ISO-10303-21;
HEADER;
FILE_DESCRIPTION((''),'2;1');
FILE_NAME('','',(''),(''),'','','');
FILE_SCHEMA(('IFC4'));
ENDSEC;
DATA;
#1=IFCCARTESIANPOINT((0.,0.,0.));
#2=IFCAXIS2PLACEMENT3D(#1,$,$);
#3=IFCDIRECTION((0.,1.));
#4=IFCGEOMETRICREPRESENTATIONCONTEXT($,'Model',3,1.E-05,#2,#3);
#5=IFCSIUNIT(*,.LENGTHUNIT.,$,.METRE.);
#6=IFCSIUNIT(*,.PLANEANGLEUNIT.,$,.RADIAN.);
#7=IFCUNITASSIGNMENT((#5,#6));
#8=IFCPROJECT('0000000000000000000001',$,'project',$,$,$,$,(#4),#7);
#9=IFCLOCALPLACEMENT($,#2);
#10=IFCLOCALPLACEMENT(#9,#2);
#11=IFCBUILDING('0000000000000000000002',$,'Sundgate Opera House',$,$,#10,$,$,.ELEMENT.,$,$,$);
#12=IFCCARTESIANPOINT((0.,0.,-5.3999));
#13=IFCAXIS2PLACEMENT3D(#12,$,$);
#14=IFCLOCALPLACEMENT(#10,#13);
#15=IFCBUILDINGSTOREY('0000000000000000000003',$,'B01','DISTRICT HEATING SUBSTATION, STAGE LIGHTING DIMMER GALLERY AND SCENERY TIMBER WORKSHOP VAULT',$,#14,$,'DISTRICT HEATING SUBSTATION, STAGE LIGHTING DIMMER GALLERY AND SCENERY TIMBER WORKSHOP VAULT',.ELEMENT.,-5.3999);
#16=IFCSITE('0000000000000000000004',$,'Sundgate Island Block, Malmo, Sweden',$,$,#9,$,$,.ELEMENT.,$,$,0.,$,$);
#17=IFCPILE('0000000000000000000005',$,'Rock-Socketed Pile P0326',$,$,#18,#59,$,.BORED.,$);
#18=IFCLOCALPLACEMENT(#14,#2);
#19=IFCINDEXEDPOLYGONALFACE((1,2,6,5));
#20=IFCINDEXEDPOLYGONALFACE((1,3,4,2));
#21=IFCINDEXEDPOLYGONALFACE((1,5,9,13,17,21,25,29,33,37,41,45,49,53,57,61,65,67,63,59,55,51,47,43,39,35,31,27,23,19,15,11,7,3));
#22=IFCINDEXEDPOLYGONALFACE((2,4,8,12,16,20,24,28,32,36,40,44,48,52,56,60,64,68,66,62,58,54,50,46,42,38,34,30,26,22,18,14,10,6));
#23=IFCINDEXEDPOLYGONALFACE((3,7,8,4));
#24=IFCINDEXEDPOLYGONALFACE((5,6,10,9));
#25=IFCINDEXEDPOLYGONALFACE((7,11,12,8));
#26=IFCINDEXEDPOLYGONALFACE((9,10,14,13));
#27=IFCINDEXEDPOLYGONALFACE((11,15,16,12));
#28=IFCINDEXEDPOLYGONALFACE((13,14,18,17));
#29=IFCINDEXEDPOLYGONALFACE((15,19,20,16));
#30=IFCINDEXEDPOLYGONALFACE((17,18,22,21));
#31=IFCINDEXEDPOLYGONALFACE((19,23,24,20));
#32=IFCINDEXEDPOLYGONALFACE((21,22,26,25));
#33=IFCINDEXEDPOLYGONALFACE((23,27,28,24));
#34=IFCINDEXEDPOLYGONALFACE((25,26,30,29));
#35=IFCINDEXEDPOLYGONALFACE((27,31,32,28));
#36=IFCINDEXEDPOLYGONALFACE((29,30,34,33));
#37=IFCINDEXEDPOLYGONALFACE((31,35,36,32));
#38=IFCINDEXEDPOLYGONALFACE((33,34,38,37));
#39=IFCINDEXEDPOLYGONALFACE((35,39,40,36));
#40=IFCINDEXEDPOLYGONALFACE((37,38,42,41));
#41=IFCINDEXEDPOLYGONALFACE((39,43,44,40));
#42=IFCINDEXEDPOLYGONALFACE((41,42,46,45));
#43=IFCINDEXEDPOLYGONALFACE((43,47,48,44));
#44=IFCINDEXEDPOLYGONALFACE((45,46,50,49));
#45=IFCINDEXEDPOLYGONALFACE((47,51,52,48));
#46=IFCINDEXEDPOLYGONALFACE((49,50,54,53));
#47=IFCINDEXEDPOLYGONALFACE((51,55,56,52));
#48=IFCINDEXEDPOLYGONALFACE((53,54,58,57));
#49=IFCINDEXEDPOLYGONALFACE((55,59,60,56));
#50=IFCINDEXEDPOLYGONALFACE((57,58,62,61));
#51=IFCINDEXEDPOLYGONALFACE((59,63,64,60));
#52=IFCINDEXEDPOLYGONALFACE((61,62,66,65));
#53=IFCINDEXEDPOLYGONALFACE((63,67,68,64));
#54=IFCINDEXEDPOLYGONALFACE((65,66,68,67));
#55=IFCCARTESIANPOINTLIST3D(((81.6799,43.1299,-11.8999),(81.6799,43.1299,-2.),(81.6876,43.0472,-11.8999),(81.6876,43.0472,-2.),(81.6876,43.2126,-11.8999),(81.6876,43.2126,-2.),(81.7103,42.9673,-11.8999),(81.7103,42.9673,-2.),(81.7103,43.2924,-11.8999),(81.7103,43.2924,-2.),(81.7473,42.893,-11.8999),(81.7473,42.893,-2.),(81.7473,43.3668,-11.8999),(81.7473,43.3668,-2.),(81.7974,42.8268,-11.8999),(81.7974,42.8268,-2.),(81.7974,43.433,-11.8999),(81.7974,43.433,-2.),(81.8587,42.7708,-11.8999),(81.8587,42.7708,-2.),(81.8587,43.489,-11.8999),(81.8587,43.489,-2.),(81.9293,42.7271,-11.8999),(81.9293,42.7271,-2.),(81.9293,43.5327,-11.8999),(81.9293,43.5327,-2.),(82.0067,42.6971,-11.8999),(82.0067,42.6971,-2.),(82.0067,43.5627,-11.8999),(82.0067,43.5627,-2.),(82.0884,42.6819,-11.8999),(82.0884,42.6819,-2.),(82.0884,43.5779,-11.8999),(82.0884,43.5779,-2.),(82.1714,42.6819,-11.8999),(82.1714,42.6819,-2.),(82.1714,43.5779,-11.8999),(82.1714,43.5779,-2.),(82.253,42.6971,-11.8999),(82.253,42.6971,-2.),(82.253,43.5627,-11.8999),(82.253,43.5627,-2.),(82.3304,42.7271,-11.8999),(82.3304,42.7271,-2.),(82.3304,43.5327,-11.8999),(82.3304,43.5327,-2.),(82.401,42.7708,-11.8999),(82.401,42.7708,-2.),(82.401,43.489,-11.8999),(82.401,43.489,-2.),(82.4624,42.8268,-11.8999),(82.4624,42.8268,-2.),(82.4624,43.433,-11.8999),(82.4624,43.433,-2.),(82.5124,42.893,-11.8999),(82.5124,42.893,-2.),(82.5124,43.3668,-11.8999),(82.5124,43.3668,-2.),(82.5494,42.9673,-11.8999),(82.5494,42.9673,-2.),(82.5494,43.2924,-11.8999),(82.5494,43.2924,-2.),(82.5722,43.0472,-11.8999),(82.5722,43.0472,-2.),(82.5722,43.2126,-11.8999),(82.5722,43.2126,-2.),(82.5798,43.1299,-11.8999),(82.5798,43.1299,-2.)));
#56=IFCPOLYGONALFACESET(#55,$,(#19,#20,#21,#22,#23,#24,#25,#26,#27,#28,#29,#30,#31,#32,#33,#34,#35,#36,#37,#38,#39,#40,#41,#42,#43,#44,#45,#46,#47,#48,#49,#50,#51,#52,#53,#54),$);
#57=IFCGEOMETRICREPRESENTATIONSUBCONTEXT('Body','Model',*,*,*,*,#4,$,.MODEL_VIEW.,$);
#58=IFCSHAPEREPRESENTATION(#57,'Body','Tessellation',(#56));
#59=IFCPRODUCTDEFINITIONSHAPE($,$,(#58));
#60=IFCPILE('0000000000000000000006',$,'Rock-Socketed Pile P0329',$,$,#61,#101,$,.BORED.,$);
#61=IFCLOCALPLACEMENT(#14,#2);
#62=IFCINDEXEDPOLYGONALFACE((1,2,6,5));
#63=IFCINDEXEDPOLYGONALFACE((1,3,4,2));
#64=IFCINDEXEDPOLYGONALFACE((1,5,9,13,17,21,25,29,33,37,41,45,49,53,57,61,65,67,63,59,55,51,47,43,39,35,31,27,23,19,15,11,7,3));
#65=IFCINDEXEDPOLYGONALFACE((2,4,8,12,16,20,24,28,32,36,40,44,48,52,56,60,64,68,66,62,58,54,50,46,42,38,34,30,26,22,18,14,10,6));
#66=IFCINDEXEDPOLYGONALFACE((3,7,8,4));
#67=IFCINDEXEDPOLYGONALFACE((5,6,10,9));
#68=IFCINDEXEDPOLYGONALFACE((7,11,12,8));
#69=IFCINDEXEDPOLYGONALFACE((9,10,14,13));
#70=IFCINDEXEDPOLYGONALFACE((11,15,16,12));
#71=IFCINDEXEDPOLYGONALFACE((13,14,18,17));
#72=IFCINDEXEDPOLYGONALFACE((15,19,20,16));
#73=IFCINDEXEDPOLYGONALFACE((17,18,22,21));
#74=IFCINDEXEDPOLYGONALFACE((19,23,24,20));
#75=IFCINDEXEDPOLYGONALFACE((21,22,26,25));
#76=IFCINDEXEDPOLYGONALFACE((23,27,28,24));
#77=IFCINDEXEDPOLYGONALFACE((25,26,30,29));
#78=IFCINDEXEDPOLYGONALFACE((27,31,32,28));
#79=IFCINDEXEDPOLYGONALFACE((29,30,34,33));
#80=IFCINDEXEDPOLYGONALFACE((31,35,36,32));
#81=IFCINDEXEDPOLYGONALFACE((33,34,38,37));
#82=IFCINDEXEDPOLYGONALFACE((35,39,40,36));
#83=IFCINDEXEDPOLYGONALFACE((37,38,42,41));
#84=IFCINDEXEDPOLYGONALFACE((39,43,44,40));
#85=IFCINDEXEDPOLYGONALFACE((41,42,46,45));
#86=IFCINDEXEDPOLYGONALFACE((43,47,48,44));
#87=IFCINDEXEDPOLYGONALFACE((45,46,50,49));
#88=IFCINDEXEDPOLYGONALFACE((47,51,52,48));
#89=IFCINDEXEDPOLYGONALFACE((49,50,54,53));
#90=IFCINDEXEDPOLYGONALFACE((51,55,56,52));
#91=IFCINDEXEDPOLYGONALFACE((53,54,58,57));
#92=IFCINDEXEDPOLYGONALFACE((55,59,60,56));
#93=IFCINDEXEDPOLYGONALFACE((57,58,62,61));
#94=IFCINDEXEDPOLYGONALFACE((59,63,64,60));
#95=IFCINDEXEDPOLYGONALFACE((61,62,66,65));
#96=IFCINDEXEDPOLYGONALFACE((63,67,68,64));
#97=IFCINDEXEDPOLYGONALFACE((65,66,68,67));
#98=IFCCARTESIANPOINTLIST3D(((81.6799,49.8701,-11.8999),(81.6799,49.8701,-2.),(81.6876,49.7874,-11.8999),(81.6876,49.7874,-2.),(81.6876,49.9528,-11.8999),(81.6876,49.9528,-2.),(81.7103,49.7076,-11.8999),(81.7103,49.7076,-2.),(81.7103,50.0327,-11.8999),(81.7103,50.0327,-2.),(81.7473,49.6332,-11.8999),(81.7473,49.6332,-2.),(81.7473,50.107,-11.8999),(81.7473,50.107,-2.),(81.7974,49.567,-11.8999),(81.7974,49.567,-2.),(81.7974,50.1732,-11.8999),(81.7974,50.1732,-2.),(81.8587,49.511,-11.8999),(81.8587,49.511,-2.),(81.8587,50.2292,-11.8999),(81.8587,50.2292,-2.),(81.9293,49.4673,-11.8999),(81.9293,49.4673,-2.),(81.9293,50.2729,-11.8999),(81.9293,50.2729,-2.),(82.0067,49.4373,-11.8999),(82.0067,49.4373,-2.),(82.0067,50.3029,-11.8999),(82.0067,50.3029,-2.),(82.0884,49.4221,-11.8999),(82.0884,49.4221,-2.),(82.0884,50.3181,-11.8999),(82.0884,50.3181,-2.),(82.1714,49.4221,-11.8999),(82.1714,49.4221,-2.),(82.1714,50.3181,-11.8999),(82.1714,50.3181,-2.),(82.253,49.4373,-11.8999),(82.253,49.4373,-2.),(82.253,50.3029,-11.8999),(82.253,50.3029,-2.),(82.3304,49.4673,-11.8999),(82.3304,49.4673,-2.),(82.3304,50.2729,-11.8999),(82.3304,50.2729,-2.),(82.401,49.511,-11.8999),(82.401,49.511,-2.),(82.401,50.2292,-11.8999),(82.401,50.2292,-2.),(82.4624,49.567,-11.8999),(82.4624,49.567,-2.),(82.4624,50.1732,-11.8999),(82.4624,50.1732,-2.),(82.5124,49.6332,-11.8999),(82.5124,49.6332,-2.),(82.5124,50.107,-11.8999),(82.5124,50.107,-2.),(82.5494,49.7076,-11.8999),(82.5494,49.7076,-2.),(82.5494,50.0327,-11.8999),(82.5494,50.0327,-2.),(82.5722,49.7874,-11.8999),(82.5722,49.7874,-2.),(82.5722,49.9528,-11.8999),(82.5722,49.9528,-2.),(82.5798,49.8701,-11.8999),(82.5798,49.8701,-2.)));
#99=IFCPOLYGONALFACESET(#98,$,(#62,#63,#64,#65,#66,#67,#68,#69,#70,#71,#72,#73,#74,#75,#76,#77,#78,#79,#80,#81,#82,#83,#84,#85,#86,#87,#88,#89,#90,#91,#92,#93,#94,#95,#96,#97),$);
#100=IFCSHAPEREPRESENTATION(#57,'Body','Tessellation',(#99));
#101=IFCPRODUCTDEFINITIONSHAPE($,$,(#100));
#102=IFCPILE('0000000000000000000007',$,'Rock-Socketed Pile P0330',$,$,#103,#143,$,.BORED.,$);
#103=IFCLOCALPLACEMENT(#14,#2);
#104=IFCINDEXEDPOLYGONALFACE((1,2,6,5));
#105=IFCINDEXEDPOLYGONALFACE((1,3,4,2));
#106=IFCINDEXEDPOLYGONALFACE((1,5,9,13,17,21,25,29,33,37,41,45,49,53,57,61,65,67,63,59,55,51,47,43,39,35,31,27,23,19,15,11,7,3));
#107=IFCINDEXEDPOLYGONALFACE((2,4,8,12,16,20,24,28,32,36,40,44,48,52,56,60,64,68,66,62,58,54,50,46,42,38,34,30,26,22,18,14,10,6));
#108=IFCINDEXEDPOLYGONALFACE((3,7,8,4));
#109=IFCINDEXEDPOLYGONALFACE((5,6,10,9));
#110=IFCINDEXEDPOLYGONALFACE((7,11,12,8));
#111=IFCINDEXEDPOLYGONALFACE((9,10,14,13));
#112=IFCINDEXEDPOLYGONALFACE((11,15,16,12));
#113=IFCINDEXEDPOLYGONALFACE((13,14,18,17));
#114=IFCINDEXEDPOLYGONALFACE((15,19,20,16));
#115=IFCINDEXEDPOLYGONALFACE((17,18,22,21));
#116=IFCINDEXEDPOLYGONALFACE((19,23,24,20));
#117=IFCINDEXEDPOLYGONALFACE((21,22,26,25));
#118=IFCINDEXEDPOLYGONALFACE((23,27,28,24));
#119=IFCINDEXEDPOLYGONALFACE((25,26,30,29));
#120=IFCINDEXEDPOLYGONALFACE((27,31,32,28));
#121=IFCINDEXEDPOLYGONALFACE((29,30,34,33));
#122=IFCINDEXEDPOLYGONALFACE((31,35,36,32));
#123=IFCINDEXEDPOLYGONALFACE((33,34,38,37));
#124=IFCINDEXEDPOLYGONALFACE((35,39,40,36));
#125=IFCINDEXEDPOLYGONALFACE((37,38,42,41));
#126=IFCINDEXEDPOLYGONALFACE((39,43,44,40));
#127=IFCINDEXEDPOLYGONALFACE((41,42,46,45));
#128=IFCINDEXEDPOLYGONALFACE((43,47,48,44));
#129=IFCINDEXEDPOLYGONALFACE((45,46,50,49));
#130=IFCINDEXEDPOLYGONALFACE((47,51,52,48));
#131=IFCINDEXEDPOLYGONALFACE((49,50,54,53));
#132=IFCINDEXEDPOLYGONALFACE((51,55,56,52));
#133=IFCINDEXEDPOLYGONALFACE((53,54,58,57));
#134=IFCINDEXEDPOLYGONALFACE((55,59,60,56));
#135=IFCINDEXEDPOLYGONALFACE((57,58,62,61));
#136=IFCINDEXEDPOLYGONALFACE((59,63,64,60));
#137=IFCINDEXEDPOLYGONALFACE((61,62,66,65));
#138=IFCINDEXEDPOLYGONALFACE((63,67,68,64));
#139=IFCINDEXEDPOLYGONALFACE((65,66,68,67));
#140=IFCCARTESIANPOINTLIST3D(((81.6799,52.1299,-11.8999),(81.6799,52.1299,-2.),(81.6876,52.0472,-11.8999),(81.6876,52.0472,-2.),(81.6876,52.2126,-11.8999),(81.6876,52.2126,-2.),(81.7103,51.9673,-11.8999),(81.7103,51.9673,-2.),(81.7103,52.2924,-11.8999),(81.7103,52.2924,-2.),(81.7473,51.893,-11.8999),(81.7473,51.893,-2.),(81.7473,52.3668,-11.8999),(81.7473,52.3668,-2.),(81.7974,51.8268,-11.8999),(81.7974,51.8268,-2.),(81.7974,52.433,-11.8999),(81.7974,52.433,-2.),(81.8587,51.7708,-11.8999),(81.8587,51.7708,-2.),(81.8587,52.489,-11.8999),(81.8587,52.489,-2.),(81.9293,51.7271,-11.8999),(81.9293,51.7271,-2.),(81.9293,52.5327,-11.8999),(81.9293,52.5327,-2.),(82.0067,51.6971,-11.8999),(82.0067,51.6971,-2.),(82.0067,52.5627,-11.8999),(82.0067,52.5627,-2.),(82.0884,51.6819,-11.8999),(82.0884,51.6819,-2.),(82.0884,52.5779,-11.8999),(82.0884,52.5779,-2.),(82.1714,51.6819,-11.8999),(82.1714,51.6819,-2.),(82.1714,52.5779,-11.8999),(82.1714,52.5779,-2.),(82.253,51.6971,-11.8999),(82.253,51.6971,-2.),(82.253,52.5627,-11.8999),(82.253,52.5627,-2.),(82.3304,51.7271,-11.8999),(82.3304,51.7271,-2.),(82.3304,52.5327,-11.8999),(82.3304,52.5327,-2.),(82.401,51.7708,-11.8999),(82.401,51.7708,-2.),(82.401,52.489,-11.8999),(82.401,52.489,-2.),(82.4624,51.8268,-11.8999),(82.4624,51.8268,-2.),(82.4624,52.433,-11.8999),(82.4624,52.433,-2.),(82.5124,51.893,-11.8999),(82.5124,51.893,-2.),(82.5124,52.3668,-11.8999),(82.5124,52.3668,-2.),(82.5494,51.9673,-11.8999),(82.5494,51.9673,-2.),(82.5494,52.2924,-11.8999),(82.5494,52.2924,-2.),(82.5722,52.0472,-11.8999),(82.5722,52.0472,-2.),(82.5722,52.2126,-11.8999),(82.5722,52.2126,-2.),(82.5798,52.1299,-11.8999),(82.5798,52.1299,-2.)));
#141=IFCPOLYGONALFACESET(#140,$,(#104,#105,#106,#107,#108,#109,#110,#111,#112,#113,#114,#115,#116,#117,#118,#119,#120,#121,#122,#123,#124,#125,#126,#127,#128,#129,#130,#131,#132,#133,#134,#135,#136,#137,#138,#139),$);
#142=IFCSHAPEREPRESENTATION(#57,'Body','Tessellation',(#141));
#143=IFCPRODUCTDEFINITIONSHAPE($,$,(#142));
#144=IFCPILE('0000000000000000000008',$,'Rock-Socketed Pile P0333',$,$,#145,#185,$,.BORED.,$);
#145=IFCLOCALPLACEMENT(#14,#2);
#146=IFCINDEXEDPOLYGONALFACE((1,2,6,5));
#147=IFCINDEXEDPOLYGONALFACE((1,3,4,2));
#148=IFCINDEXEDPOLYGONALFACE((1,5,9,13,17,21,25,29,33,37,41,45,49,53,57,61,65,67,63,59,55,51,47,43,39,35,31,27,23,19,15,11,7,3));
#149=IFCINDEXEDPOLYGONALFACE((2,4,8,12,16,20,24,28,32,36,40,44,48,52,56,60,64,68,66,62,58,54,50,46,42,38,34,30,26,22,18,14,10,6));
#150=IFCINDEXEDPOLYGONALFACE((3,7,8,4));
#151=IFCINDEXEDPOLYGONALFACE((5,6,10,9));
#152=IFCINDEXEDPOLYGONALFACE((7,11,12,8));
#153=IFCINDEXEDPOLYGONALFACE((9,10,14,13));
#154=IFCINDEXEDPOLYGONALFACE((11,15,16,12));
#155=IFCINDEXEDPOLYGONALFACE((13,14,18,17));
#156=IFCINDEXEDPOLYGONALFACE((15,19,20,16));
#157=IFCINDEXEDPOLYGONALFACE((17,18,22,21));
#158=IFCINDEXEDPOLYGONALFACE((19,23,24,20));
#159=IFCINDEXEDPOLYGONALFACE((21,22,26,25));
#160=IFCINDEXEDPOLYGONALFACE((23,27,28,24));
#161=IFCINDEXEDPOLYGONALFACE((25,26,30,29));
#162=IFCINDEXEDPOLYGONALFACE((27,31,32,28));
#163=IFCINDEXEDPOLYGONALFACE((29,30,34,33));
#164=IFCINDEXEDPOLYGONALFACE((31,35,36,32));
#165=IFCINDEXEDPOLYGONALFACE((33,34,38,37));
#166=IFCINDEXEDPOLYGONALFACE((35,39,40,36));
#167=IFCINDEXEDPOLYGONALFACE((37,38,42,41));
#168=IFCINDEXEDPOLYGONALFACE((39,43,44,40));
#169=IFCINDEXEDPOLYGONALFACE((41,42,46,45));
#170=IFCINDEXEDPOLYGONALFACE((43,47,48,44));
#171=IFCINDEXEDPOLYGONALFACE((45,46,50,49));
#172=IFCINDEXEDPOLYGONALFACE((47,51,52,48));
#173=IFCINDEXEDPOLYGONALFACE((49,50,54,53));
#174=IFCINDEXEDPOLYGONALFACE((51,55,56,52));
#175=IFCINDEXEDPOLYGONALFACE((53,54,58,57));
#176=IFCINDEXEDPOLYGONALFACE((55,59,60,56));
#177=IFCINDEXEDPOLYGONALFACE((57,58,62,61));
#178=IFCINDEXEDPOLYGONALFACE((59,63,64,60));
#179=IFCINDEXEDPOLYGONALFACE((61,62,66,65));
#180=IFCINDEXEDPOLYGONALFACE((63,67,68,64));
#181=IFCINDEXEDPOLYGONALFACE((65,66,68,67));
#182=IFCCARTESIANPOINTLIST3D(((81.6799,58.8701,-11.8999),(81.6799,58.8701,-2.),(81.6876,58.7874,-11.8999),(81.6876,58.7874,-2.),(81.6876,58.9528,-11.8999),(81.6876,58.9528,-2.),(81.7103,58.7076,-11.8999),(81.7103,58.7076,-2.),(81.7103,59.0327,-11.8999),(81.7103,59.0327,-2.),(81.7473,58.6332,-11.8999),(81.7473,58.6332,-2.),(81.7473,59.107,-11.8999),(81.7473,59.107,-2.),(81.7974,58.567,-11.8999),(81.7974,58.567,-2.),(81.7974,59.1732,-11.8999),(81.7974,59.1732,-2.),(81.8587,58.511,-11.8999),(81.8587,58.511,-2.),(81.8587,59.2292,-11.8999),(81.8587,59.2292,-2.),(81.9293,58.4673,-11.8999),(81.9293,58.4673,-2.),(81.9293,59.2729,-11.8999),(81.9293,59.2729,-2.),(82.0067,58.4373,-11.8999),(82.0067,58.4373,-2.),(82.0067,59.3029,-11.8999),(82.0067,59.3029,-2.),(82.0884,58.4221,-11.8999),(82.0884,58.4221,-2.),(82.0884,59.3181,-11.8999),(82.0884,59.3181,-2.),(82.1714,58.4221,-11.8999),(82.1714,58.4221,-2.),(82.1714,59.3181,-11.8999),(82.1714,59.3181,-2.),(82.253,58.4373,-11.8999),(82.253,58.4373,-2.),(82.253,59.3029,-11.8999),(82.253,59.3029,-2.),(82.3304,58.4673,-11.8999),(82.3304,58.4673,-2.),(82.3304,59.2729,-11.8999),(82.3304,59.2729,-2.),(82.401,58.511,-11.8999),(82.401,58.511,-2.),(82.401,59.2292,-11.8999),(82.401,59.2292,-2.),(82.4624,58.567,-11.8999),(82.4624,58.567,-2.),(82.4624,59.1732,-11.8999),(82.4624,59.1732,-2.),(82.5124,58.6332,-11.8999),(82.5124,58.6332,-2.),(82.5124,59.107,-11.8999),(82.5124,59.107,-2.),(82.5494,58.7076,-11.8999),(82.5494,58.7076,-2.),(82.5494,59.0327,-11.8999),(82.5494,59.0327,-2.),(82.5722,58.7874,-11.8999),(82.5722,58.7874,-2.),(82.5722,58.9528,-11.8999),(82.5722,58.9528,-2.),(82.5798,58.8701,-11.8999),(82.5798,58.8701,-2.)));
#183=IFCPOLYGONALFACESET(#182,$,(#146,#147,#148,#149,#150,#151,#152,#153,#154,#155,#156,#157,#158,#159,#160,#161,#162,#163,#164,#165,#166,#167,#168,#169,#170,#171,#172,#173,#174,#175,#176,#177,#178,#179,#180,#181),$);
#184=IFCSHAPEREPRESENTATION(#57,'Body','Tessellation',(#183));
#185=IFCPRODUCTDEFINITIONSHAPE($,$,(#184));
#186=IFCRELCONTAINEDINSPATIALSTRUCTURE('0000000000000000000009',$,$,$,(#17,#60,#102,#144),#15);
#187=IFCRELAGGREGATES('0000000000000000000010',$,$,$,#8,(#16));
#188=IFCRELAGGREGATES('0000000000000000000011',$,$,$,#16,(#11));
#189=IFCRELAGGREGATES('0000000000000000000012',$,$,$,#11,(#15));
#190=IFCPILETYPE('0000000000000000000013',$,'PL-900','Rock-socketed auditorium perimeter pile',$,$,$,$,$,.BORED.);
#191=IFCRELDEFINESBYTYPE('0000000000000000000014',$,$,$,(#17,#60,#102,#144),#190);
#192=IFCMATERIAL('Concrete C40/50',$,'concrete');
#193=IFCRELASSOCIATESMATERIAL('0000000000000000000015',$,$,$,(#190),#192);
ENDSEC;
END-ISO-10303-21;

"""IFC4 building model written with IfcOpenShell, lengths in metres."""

from ifc_helpers import new_model, si_unit, direction, frame, origin, origin_2d, place, context, subcontext, project, spatial, circle, extrude, material, material_profile, profile_set, type_object, element, save


model = new_model("IFC4")

# Units and contexts
model_context = context("Model", 3, precision=1e-05, world=origin(), true_north=direction((0.0, 1.0)))
body_context = subcontext(model_context, "Body", "Model", "MODEL_VIEW")
ifc_project = project(units=[si_unit("LENGTHUNIT", "METRE"), si_unit("PLANEANGLEUNIT", "RADIAN")], contexts=[model_context])

# Site, building, storey
site_placement = place(None, origin())
site = spatial("IfcSite", under=ifc_project, at=site_placement, Name="Sundgate Island Block, Malmo, Sweden", CompositionType="ELEMENT", RefElevation=0.0)
building_placement = place(site_placement, origin())
building = spatial("IfcBuilding", under=site, at=building_placement, Name="Sundgate Opera House", CompositionType="ELEMENT")
storey_placement = place(building_placement, frame((0.0, 0.0, -5.3999)))
storey = spatial("IfcBuildingStorey", under=building, at=storey_placement, Name="B01", Description="DISTRICT HEATING SUBSTATION, STAGE LIGHTING DIMMER GALLERY AND SCENERY TIMBER WORKSHOP VAULT", LongName="DISTRICT HEATING SUBSTATION, STAGE LIGHTING DIMMER GALLERY AND SCENERY TIMBER WORKSHOP VAULT", CompositionType="ELEMENT", Elevation=-5.3999)

# Piles
ifc_material_1 = material(Name="Concrete C40/50", Category="concrete")
ifc_material_profile_1 = material_profile(ifc_material_1, circle(Radius=0.45, at=origin_2d()), Name="PILE D900")
ifc_profile_set_1 = profile_set([ifc_material_profile_1], Name="Concrete C40/50")
pile_type_1 = type_object("IfcPileType", Name="PL-900", Description="Rock-socketed auditorium perimeter pile", PredefinedType="BORED", material=ifc_profile_set_1)
for number, where, z_axis, x_axis, name in (
    (1, (82.1299, 43.1299, -2.0), (0.0, 0.0, -1.0), (1.0, 0.0, 0.0), "Rock-Socketed Pile P0326"),
    (2, (82.1299, 49.8701, -2.0), (0.0, 0.0, -1.0), (1.0, 0.0, 0.0), "Rock-Socketed Pile P0329"),
    (3, (82.1299, 52.1299, -2.0), (0.0, 0.0, -1.0), (1.0, 0.0, 0.0), "Rock-Socketed Pile P0330"),
    (4, (82.1299, 58.8701, -2.0), (0.0, 0.0, -1.0), (1.0, 0.0, 0.0), "Rock-Socketed Pile P0333"),
):
    element("IfcPile", number, at=place(storey_placement, frame(where, z_axis=z_axis, x_axis=x_axis)), inside=storey, type_object=pile_type_1, Name=name, PredefinedType="BORED", context=body_context, shape_type="SweptSolid", body=[
        extrude(circle(Radius=0.45, at=origin_2d()), origin(), (0.0, 0.0, 1.0), 9.8999),
    ])

save(model, "model.ifc")
